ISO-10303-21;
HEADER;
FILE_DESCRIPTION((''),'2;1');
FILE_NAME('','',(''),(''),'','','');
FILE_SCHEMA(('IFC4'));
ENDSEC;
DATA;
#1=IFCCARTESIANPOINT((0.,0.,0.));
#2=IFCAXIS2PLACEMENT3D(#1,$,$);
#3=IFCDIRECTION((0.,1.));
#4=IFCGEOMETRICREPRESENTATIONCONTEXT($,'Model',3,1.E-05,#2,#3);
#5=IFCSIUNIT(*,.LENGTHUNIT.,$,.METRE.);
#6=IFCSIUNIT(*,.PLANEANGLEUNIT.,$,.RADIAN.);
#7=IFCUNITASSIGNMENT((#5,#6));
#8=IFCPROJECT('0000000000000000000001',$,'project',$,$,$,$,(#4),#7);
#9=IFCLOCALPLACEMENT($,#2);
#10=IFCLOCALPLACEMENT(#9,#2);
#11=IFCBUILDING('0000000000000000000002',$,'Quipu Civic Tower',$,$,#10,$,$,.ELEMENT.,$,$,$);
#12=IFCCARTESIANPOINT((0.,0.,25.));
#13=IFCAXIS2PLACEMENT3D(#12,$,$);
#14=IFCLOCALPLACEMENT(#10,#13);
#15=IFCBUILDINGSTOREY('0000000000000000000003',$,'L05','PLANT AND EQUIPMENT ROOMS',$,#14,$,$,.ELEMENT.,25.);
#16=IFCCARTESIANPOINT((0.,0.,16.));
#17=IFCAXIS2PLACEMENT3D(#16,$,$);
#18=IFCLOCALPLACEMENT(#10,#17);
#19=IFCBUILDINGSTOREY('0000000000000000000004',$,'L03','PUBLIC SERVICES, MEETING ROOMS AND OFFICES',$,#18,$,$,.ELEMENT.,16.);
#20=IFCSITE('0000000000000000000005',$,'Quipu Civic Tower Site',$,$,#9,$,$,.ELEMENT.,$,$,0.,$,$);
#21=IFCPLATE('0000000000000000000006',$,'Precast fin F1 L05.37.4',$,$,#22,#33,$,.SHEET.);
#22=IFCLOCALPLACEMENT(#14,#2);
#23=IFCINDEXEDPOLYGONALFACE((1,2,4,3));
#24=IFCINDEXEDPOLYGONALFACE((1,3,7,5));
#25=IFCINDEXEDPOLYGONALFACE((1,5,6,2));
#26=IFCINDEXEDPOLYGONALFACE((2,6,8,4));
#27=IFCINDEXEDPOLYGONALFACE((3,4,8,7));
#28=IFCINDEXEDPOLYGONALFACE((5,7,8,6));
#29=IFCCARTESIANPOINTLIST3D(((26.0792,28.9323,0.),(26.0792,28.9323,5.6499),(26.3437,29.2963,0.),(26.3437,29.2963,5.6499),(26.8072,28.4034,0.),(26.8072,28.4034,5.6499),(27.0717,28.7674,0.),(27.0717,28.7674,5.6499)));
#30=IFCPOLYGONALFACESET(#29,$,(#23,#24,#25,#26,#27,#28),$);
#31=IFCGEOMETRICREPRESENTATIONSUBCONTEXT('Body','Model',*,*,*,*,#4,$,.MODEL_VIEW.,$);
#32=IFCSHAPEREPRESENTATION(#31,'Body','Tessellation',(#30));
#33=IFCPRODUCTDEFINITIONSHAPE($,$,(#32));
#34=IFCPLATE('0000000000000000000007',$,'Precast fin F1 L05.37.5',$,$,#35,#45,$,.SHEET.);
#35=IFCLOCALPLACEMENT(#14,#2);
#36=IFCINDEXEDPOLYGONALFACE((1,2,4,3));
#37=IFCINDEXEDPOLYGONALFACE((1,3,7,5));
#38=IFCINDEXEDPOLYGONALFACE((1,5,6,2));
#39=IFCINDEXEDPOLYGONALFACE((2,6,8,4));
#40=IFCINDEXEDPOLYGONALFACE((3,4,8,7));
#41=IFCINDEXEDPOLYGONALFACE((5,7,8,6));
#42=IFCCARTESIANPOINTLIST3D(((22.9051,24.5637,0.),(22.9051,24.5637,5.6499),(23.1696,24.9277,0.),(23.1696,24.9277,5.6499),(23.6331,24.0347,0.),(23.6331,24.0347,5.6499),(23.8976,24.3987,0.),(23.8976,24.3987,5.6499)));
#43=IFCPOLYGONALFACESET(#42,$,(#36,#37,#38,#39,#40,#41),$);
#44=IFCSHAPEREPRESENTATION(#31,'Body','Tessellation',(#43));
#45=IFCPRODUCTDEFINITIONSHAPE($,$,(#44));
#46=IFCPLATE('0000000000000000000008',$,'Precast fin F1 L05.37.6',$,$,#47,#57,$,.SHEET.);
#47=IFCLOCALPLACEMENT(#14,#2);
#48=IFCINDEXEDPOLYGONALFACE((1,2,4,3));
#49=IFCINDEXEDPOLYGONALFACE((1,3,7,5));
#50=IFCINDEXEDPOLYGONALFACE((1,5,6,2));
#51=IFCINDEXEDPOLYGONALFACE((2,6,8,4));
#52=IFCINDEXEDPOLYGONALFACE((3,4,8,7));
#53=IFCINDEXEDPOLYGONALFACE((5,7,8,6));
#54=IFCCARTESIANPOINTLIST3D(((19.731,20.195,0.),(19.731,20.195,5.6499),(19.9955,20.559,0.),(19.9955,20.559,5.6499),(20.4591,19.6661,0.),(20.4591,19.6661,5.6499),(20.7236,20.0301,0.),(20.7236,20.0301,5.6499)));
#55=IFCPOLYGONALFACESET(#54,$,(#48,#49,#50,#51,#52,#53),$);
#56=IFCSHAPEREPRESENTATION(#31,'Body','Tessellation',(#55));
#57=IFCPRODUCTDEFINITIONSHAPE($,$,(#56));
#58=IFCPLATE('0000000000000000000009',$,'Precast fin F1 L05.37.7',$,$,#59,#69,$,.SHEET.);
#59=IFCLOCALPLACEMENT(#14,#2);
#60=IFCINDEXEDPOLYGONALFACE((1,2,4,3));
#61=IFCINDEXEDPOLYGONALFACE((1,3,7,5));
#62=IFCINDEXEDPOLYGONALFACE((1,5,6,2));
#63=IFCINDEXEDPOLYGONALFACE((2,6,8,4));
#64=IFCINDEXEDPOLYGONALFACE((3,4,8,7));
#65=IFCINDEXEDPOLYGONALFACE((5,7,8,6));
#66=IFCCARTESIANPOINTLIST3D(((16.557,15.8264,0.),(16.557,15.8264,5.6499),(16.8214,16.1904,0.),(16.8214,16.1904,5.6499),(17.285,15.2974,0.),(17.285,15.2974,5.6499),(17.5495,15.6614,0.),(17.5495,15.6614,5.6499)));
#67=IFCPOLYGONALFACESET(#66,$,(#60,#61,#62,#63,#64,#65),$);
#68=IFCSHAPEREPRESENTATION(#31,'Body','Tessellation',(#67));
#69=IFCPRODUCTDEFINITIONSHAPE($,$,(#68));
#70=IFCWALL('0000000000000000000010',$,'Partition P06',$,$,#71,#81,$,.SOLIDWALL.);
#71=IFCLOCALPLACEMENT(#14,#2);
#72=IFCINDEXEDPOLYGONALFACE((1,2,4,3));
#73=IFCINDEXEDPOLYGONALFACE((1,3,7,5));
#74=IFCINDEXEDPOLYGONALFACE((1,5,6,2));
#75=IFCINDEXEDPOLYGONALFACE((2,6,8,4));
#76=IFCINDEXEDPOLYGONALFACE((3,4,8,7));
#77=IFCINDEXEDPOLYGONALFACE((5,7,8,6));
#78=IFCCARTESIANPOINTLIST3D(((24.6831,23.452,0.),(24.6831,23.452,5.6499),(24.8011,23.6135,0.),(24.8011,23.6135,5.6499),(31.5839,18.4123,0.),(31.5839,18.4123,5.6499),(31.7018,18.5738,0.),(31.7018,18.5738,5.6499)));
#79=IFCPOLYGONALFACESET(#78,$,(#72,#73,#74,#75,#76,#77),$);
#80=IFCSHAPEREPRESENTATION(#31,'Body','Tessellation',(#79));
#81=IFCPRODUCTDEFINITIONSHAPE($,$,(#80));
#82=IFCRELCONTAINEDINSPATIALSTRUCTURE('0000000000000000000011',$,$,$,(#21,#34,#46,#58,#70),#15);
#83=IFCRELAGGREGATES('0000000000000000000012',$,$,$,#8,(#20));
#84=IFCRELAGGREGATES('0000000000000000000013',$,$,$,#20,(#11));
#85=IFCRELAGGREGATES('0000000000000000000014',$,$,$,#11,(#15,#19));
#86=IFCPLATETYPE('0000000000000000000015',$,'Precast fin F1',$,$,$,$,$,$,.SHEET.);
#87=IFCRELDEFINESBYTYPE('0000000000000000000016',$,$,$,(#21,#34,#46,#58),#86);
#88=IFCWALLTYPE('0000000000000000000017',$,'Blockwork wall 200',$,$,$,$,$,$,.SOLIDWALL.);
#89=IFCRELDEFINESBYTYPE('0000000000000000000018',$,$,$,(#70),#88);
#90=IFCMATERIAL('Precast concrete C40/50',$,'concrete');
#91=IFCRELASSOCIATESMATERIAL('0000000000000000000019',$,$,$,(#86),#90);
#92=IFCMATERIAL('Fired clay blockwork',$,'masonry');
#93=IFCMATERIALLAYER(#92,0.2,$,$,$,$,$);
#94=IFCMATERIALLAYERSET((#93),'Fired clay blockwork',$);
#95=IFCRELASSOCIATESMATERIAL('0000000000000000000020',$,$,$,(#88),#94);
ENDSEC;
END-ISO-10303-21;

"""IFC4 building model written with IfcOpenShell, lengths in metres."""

from ifc_helpers import new_model, si_unit, direction, frame, frame_2d, origin, origin_2d, place, context, subcontext, project, spatial, rectangle, extrude, material, layer, layer_set, type_object, element, save


model = new_model("IFC4")

# Units and contexts
model_context = context("Model", 3, precision=1e-05, world=origin(), true_north=direction((0.0, 1.0)))
body_context = subcontext(model_context, "Body", "Model", "MODEL_VIEW")
ifc_project = project(units=[si_unit("LENGTHUNIT", "METRE"), si_unit("PLANEANGLEUNIT", "RADIAN")], contexts=[model_context])

# Site, building, storey
site_placement = place(None, origin())
site = spatial("IfcSite", under=ifc_project, at=site_placement, Name="Quipu Civic Tower Site", CompositionType="ELEMENT", RefElevation=0.0)
building_placement = place(site_placement, origin())
building = spatial("IfcBuilding", under=site, at=building_placement, Name="Quipu Civic Tower", CompositionType="ELEMENT")
storey_1_placement = place(building_placement, frame((0.0, 0.0, 25.0)))
storey_1 = spatial("IfcBuildingStorey", under=building, at=storey_1_placement, Name="L05", Description="PLANT AND EQUIPMENT ROOMS", CompositionType="ELEMENT", Elevation=25.0)

# Shared definitions
storey_2_placement = place(building_placement, frame((0.0, 0.0, 16.0)))
storey_2 = spatial("IfcBuildingStorey", under=building, at=storey_2_placement, Name="L03", Description="PUBLIC SERVICES, MEETING ROOMS AND OFFICES", CompositionType="ELEMENT", Elevation=16.0)

# Plates
ifc_material_1 = material(Name="Precast concrete C40/50", Category="concrete")
plate_type = type_object("IfcPlateType", Name="Precast fin F1", PredefinedType="SHEET", material=ifc_material_1)
for number, where, z_axis, x_axis, name in (
    (1, (26.5754, 28.8499, 0.0), (0.0, 0.0, 1.0), (-0.587785, -0.809017, 0.0), "Precast fin F1 L05.37.4"),
    (2, (23.4014, 24.4812, 0.0), (0.0, 0.0, 1.0), (-0.587785, -0.809017, 0.0), "Precast fin F1 L05.37.5"),
    (3, (20.2273, 20.1125, 0.0), (0.0, 0.0, 1.0), (-0.587785, -0.809017, 0.0), "Precast fin F1 L05.37.6"),
    (4, (17.0532, 15.7439, 0.0), (0.0, 0.0, 1.0), (-0.587785, -0.809017, 0.0), "Precast fin F1 L05.37.7"),
):
    element("IfcPlate", number, at=place(storey_1_placement, frame(where, z_axis=z_axis, x_axis=x_axis)), inside=storey_1, type_object=plate_type, Name=name, PredefinedType="SHEET", context=body_context, shape_type="SweptSolid", body=[
        extrude(rectangle(XDim=0.45, YDim=0.8999, at=origin_2d()), origin(), (0.0, 0.0, 1.0), 5.6499),
    ])

# Wall
ifc_material_2 = material(Name="Fired clay blockwork", Category="masonry")
ifc_layer = layer(ifc_material_2, 0.2)
ifc_layer_set = layer_set([ifc_layer], Name="Fired clay blockwork")
wall_type = type_object("IfcWallType", Name="Blockwork wall 200", PredefinedType="SOLIDWALL", material=ifc_layer_set)
wall_placement = place(storey_1_placement, frame((24.7422, 23.5327, 0.0), z_axis=(0.0, 0.0, 1.0), x_axis=(0.807567, -0.589776, 0.0)))
element("IfcWall", 5, at=wall_placement, inside=storey_1, type_object=wall_type, Name="Partition P06", PredefinedType="SOLIDWALL", context=body_context, shape_type="SweptSolid", body=[
    extrude(rectangle(XDim=8.5452, YDim=0.2, at=frame_2d((4.2725, 0.0))), origin(), (0.0, 0.0, 1.0), 5.6499),
])

save(model, "model.ifc")
